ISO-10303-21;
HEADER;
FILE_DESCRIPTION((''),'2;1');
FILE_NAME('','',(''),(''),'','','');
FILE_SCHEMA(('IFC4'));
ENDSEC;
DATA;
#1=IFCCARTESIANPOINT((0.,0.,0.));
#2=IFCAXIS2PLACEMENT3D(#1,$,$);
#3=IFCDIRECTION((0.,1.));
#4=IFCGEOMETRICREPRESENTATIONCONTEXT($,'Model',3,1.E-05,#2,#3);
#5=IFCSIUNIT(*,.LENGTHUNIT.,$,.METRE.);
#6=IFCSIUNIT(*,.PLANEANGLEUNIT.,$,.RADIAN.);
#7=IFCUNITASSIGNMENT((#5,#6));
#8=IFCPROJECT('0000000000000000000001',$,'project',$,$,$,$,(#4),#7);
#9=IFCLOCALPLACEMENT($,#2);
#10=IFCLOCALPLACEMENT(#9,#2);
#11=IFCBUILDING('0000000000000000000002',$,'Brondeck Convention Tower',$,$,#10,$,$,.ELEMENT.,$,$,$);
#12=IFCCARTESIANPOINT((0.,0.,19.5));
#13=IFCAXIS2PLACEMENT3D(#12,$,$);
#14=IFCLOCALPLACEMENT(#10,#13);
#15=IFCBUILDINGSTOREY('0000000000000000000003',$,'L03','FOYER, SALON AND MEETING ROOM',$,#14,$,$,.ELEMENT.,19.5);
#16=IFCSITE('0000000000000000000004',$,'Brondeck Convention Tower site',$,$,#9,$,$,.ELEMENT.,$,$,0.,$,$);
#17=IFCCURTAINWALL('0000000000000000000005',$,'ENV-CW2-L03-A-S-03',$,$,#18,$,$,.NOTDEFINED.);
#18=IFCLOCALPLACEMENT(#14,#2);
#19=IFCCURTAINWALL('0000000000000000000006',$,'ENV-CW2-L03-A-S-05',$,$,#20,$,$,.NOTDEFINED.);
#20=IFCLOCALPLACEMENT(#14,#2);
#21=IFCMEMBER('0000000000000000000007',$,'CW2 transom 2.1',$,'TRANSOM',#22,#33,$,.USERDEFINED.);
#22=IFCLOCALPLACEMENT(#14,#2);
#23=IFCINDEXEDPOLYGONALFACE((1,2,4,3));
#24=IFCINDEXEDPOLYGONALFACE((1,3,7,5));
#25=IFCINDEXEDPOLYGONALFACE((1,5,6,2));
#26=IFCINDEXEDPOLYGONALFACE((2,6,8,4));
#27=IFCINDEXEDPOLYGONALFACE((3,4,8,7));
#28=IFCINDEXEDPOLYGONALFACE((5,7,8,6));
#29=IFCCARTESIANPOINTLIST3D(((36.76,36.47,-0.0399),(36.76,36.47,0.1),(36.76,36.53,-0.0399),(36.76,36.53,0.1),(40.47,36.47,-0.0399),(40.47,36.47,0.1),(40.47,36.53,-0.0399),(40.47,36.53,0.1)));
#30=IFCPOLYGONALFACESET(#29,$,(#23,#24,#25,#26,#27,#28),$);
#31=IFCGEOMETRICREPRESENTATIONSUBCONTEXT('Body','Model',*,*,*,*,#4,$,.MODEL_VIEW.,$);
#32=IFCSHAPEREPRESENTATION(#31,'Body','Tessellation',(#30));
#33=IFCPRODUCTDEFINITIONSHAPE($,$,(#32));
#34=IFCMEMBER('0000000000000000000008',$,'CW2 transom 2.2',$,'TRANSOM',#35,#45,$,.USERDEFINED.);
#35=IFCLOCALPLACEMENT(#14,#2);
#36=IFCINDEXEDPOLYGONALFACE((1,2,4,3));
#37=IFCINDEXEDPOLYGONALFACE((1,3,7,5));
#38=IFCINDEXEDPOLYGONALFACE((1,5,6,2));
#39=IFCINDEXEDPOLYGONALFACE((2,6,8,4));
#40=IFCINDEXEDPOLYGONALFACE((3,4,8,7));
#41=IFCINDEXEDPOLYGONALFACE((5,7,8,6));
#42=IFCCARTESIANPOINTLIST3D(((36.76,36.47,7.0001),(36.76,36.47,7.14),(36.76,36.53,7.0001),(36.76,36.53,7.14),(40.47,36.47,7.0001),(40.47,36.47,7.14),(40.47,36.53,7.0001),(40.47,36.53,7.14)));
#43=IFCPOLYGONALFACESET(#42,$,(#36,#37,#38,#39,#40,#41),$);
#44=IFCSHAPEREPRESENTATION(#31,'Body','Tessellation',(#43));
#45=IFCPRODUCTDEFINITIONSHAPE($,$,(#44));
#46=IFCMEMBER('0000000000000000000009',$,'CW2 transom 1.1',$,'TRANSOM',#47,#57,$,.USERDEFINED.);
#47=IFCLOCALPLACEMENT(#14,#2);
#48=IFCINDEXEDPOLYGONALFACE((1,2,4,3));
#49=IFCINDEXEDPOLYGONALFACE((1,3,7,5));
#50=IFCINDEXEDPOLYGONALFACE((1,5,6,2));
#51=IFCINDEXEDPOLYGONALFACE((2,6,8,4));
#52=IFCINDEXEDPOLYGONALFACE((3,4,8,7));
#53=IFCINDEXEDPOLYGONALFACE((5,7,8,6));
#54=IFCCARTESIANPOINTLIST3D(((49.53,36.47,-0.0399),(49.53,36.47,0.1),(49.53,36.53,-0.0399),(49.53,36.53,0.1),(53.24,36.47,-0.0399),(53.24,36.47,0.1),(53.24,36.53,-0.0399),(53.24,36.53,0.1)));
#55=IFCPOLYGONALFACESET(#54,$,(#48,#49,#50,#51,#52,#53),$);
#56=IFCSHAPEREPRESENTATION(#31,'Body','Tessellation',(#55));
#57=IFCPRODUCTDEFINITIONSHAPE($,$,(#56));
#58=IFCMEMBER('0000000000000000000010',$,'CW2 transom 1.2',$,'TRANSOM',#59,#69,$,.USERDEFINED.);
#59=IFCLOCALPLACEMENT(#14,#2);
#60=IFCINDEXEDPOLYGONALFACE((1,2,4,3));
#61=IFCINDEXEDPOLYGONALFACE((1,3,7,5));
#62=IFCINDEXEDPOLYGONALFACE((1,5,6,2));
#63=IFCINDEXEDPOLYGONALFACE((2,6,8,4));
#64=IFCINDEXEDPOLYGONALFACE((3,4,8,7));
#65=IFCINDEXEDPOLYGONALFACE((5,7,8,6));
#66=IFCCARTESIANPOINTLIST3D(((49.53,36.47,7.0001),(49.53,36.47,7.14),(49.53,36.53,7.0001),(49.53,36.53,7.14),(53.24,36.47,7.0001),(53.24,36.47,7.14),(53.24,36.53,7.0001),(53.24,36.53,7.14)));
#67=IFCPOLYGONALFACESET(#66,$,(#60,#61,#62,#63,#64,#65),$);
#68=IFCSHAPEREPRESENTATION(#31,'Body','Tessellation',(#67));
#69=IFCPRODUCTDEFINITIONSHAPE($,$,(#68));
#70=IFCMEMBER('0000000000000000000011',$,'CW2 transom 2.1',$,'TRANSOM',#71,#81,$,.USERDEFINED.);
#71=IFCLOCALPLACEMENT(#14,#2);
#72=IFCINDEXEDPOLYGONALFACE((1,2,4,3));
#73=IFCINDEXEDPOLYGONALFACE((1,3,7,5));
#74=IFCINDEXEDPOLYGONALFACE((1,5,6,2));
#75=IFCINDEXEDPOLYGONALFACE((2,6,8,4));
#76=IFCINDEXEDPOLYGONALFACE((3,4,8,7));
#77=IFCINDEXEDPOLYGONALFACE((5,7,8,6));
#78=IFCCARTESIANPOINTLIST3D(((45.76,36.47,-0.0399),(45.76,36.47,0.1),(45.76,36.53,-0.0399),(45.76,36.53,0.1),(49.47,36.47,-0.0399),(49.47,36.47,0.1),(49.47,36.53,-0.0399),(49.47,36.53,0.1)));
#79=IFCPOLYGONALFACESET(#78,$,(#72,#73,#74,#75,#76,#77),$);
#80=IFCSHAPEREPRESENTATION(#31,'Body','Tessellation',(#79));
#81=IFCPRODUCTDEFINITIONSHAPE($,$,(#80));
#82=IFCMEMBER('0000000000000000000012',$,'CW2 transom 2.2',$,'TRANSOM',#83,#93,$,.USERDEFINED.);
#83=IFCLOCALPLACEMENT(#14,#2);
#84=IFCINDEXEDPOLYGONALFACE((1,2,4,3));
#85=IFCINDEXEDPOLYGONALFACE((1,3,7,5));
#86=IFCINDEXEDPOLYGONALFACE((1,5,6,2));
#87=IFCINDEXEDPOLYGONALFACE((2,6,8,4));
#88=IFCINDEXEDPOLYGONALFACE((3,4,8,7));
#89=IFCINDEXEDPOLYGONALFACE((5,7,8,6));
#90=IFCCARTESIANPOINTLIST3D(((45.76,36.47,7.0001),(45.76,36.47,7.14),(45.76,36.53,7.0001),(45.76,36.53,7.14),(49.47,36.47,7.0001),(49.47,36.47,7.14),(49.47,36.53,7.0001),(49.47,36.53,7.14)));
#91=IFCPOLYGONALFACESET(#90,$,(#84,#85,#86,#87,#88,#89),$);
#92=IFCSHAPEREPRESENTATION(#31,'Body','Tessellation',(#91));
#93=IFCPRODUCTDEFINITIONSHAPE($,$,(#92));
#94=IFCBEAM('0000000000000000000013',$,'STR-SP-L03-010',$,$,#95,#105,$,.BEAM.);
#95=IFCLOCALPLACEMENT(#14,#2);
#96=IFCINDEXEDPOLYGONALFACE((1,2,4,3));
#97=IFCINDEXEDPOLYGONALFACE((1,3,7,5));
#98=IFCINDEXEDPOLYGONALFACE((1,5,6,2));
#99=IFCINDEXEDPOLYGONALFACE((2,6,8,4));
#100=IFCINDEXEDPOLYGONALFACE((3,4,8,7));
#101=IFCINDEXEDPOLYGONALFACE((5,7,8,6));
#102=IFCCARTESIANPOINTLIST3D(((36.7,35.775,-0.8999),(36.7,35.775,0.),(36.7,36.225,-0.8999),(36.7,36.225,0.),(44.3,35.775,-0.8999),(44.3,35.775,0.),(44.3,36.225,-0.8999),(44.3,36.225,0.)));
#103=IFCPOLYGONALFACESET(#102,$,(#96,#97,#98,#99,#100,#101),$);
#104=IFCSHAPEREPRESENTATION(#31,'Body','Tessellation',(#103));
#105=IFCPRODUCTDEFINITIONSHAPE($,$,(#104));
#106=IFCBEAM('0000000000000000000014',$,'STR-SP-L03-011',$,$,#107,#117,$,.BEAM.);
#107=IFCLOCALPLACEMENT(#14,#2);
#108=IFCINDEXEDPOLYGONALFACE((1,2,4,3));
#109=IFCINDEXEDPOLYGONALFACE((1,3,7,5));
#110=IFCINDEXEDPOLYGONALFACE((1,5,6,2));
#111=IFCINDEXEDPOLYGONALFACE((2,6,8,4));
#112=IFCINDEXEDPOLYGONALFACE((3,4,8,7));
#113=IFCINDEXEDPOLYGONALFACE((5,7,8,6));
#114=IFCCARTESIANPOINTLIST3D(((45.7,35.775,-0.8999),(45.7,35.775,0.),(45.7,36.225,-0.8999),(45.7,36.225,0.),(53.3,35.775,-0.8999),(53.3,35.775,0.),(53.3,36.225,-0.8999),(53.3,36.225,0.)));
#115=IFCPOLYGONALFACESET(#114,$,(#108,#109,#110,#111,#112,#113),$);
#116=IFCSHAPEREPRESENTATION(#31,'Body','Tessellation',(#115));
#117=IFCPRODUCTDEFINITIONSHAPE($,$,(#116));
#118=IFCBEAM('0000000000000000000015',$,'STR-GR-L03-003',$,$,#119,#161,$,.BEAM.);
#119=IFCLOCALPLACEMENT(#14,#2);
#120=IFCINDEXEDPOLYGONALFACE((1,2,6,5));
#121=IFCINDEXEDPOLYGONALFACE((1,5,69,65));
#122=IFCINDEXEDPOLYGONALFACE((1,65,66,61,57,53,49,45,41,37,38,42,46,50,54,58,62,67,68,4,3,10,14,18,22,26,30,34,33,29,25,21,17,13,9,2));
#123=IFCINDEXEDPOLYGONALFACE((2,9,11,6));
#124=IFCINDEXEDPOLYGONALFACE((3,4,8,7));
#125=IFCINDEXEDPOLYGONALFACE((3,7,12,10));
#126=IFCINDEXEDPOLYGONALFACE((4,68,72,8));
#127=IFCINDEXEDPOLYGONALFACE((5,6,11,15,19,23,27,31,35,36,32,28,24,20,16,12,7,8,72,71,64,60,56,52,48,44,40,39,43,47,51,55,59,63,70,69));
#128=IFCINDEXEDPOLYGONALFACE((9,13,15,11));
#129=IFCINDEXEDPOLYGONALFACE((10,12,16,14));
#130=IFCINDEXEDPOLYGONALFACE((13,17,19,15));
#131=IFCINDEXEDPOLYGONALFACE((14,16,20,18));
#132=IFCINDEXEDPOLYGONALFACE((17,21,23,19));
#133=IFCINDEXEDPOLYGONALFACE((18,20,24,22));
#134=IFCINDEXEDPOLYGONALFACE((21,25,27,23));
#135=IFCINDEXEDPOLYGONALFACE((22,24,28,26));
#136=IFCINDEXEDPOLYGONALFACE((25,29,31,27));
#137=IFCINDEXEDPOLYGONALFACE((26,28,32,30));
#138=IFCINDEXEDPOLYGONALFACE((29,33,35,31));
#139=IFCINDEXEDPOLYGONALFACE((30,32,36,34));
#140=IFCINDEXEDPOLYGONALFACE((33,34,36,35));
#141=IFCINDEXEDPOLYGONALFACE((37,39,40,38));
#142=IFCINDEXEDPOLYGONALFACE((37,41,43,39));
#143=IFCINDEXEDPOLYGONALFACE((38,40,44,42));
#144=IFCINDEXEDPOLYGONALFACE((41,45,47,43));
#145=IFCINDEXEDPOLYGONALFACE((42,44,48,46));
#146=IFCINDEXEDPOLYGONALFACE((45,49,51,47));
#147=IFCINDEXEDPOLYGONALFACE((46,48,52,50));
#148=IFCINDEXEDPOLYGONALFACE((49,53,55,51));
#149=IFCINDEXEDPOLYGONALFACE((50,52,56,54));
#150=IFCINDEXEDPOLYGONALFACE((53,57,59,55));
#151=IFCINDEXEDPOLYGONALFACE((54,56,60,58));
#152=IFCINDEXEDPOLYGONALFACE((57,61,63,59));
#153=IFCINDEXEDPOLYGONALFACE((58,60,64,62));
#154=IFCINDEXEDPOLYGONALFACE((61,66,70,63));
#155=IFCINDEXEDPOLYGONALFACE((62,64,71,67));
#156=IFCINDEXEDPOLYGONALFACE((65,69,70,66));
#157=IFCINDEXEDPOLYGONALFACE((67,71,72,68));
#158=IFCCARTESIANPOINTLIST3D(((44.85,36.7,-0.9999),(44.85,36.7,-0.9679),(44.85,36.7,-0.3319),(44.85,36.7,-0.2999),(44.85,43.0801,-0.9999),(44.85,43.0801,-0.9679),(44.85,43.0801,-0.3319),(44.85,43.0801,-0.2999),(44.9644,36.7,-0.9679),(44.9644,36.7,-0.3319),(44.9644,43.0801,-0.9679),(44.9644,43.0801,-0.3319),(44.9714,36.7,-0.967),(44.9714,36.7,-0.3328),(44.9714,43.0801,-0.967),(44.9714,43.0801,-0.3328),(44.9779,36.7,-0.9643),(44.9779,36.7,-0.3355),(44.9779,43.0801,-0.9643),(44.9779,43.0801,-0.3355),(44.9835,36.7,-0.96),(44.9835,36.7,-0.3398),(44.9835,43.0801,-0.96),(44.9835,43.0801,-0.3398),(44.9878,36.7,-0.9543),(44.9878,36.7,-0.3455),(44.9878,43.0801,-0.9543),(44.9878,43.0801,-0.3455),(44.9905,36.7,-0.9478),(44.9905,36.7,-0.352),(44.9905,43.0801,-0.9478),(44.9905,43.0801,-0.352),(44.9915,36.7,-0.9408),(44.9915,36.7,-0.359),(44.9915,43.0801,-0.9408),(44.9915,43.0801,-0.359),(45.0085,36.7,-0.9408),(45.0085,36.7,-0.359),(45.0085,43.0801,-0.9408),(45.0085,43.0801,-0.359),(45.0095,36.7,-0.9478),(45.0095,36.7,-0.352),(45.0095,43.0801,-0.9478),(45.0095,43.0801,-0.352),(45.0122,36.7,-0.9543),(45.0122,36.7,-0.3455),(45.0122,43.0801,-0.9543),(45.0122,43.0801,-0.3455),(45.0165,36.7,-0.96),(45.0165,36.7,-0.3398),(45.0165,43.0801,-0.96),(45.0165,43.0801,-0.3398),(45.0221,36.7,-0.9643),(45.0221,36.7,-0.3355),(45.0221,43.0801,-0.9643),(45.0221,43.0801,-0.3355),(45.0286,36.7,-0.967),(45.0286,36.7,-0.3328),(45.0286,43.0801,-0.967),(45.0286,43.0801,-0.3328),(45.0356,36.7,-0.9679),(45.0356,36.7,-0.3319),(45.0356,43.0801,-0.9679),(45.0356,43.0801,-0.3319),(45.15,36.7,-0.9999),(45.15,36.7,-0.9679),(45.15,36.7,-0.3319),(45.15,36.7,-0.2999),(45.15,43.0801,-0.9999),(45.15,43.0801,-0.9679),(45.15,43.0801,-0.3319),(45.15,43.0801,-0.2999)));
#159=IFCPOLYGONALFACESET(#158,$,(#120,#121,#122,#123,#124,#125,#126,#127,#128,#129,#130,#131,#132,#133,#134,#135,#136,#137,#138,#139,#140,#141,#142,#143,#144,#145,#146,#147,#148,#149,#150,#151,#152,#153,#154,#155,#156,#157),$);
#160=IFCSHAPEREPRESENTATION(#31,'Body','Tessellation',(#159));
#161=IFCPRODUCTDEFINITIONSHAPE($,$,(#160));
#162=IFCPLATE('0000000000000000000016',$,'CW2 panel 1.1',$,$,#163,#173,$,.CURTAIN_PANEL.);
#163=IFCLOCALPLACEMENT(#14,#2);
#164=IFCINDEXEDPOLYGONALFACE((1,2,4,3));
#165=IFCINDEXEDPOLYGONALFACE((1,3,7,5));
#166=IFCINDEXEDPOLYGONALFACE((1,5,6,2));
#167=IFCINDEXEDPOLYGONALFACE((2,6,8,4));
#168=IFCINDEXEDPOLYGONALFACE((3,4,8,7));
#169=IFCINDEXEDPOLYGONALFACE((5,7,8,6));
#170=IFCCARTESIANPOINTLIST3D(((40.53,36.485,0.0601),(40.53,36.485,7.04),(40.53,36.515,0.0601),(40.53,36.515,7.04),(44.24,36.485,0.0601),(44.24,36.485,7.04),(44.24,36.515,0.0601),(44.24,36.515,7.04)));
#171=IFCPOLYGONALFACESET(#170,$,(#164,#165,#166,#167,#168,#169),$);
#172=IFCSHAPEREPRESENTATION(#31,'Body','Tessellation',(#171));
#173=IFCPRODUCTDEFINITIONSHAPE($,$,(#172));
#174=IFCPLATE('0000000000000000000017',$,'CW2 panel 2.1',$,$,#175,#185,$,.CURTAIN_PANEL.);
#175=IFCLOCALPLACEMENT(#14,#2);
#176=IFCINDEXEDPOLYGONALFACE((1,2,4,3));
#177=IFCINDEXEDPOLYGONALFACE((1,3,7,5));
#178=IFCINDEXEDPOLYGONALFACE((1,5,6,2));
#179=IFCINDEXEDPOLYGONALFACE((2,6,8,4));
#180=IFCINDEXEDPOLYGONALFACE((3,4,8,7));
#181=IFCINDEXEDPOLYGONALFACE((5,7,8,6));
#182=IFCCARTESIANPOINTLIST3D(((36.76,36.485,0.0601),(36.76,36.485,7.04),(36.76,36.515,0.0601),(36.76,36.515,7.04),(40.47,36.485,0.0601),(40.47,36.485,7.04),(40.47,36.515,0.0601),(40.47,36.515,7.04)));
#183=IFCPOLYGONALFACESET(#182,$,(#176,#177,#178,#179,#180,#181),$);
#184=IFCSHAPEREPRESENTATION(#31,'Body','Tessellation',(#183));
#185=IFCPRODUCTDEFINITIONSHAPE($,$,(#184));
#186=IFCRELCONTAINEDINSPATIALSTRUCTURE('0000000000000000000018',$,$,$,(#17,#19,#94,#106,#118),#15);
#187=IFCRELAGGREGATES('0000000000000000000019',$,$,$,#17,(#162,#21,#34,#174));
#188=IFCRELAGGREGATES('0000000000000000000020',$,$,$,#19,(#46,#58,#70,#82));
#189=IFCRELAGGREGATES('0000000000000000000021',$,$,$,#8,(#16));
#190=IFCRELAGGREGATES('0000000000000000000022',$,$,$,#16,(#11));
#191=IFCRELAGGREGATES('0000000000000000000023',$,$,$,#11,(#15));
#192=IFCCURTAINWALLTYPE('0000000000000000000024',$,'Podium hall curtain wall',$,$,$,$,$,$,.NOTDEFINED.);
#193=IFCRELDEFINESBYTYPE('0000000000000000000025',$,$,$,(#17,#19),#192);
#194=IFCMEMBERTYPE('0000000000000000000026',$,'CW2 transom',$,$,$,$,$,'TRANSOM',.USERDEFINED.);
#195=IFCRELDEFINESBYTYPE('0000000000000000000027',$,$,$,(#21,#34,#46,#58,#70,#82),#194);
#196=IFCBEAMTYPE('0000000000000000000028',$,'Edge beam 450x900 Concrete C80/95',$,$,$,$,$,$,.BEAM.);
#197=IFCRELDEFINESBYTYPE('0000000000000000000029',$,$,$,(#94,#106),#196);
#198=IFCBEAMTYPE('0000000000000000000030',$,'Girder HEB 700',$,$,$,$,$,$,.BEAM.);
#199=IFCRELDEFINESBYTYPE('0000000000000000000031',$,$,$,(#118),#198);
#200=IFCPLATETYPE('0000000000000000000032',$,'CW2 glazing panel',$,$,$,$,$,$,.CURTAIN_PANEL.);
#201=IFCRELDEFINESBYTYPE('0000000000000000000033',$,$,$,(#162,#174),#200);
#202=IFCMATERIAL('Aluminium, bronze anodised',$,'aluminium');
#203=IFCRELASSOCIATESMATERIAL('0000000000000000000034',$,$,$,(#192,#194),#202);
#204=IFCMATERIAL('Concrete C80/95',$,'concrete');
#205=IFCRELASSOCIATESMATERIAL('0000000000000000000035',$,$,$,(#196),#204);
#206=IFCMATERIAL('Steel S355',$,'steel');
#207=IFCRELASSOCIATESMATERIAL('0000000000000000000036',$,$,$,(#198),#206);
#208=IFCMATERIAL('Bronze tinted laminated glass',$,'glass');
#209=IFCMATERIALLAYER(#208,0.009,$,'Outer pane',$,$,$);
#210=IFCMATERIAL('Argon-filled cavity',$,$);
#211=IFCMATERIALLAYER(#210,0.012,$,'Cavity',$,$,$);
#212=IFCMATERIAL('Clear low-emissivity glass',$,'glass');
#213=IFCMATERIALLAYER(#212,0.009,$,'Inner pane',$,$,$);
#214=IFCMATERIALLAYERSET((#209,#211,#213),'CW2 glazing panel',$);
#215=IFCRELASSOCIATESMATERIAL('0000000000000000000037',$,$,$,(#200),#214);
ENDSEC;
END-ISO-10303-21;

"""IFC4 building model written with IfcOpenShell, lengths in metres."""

from ifc_helpers import new_model, si_unit, direction, frame, origin, origin_2d, place, context, subcontext, project, spatial, rectangle, i_section, extrude, material, layer, layer_set, material_profile, profile_set, type_object, element, aggregate, save


model = new_model("IFC4")

# Units and contexts
model_context = context("Model", 3, precision=1e-05, world=origin(), true_north=direction((0.0, 1.0)))
body_context = subcontext(model_context, "Body", "Model", "MODEL_VIEW")
ifc_project = project(units=[si_unit("LENGTHUNIT", "METRE"), si_unit("PLANEANGLEUNIT", "RADIAN")], contexts=[model_context])

# Site, building, storey
site_placement = place(None, origin())
site = spatial("IfcSite", under=ifc_project, at=site_placement, Name="Brondeck Convention Tower site", CompositionType="ELEMENT", RefElevation=0.0)
building_placement = place(site_placement, origin())
building = spatial("IfcBuilding", under=site, at=building_placement, Name="Brondeck Convention Tower", CompositionType="ELEMENT")
storey_placement = place(building_placement, frame((0.0, 0.0, 19.5)))
storey = spatial("IfcBuildingStorey", under=building, at=storey_placement, Name="L03", Description="FOYER, SALON AND MEETING ROOM", CompositionType="ELEMENT", Elevation=19.5)

# Shared definitions
ifc_material_1 = material(Name="Concrete C80/95", Category="concrete")

# Curtain walls
ifc_material_2 = material(Name="Aluminium, bronze anodised", Category="aluminium")
curtain_wall_type = type_object("IfcCurtainWallType", Name="Podium hall curtain wall", PredefinedType="NOTDEFINED", material=ifc_material_2)
curtain_wall_1_placement = place(storey_placement, origin())
curtain_wall_1 = element("IfcCurtainWall", 1, at=curtain_wall_1_placement, inside=storey, type_object=curtain_wall_type, Name="ENV-CW2-L03-A-S-03", PredefinedType="NOTDEFINED")
curtain_wall_2_placement = place(storey_placement, origin())
curtain_wall_2 = element("IfcCurtainWall", 2, at=curtain_wall_2_placement, inside=storey, type_object=curtain_wall_type, Name="ENV-CW2-L03-A-S-05", PredefinedType="NOTDEFINED")

# Members
ifc_material_profile_1 = material_profile(ifc_material_2, rectangle(XDim=0.0601, YDim=0.1399, at=origin_2d()), Name="CW2 transom")
ifc_profile_set_1 = profile_set([ifc_material_profile_1], Name="Aluminium, bronze anodised")
member_type_1 = type_object("IfcMemberType", Name="CW2 transom", ElementType="TRANSOM", PredefinedType="USERDEFINED", material=ifc_profile_set_1)
member_1_placement = place(storey_placement, frame((40.47, 36.5, 0.03), z_axis=(-1.0, 0.0, 0.0), x_axis=(0.0, -1.0, 0.0)))
member_1 = element("IfcMember", 3, at=member_1_placement, type_object=member_type_1, Name="CW2 transom 2.1", ObjectType="TRANSOM", PredefinedType="USERDEFINED", context=body_context, shape_type="SweptSolid", body=[
    extrude(rectangle(XDim=0.0601, YDim=0.1399, at=origin_2d()), origin(), (0.0, 0.0, 1.0), 3.71),
])
member_2_placement = place(storey_placement, frame((40.47, 36.5, 7.0701), z_axis=(-1.0, 0.0, 0.0), x_axis=(0.0, -1.0, 0.0)))
member_2 = element("IfcMember", 4, at=member_2_placement, type_object=member_type_1, Name="CW2 transom 2.2", ObjectType="TRANSOM", PredefinedType="USERDEFINED", context=body_context, shape_type="SweptSolid", body=[
    extrude(rectangle(XDim=0.0601, YDim=0.1399, at=origin_2d()), origin(), (0.0, 0.0, 1.0), 3.71),
])
member_3_placement = place(storey_placement, frame((53.24, 36.5, 0.03), z_axis=(-1.0, 0.0, 0.0), x_axis=(0.0, -1.0, 0.0)))
member_3 = element("IfcMember", 5, at=member_3_placement, type_object=member_type_1, Name="CW2 transom 1.1", ObjectType="TRANSOM", PredefinedType="USERDEFINED", context=body_context, shape_type="SweptSolid", body=[
    extrude(rectangle(XDim=0.0601, YDim=0.1399, at=origin_2d()), origin(), (0.0, 0.0, 1.0), 3.71),
])
member_4_placement = place(storey_placement, frame((53.24, 36.5, 7.0701), z_axis=(-1.0, 0.0, 0.0), x_axis=(0.0, -1.0, 0.0)))
member_4 = element("IfcMember", 6, at=member_4_placement, type_object=member_type_1, Name="CW2 transom 1.2", ObjectType="TRANSOM", PredefinedType="USERDEFINED", context=body_context, shape_type="SweptSolid", body=[
    extrude(rectangle(XDim=0.0601, YDim=0.1399, at=origin_2d()), origin(), (0.0, 0.0, 1.0), 3.71),
])
member_5_placement = place(storey_placement, frame((49.47, 36.5, 0.03), z_axis=(-1.0, 0.0, 0.0), x_axis=(0.0, -1.0, 0.0)))
member_5 = element("IfcMember", 7, at=member_5_placement, type_object=member_type_1, Name="CW2 transom 2.1", ObjectType="TRANSOM", PredefinedType="USERDEFINED", context=body_context, shape_type="SweptSolid", body=[
    extrude(rectangle(XDim=0.0601, YDim=0.1399, at=origin_2d()), origin(), (0.0, 0.0, 1.0), 3.71),
])
member_6_placement = place(storey_placement, frame((49.47, 36.5, 7.0701), z_axis=(-1.0, 0.0, 0.0), x_axis=(0.0, -1.0, 0.0)))
member_6 = element("IfcMember", 8, at=member_6_placement, type_object=member_type_1, Name="CW2 transom 2.2", ObjectType="TRANSOM", PredefinedType="USERDEFINED", context=body_context, shape_type="SweptSolid", body=[
    extrude(rectangle(XDim=0.0601, YDim=0.1399, at=origin_2d()), origin(), (0.0, 0.0, 1.0), 3.71),
])

# Beams
ifc_material_profile_2 = material_profile(ifc_material_1, rectangle(XDim=0.45, YDim=0.8999, at=origin_2d()), Name="Edge beam 450x900 Concrete C80/95")
ifc_profile_set_2 = profile_set([ifc_material_profile_2], Name="Concrete C80/95")
beam_type_1 = type_object("IfcBeamType", Name="Edge beam 450x900 Concrete C80/95", PredefinedType="BEAM", material=ifc_profile_set_2)
for number, where, z_axis, x_axis, name in (
    (9, (36.7, 36.0, -0.45), (1.0, 0.0, 0.0), (0.0, 1.0, 0.0), "STR-SP-L03-010"),
    (10, (45.7, 36.0, -0.45), (1.0, 0.0, 0.0), (0.0, 1.0, 0.0), "STR-SP-L03-011"),
):
    element("IfcBeam", number, at=place(storey_placement, frame(where, z_axis=z_axis, x_axis=x_axis)), inside=storey, type_object=beam_type_1, Name=name, PredefinedType="BEAM", context=body_context, shape_type="SweptSolid", body=[
        extrude(rectangle(XDim=0.45, YDim=0.8999, at=origin_2d()), origin(), (0.0, 0.0, 1.0), 7.6001),
    ])
ifc_material_3 = material(Name="Steel S355", Category="steel")
ifc_material_profile_3 = material_profile(ifc_material_3, i_section(OverallWidth=0.3, OverallDepth=0.7, WebThickness=0.0171, FlangeThickness=0.032, FilletRadius=0.0271, at=origin_2d()), Name="HEB 700")
ifc_profile_set_3 = profile_set([ifc_material_profile_3], Name="Steel S355")
beam_type_2 = type_object("IfcBeamType", Name="Girder HEB 700", PredefinedType="BEAM", material=ifc_profile_set_3)
beam_placement = place(storey_placement, frame((45.0, 36.7, -0.6499), z_axis=(0.0, 1.0, 0.0), x_axis=(-1.0, 0.0, 0.0)))
element("IfcBeam", 11, at=beam_placement, inside=storey, type_object=beam_type_2, Name="STR-GR-L03-003", PredefinedType="BEAM", context=body_context, shape_type="SweptSolid", body=[
    extrude(i_section(OverallWidth=0.3, OverallDepth=0.7, WebThickness=0.0171, FlangeThickness=0.032, FilletRadius=0.0271, at=origin_2d()), origin(), (0.0, 0.0, 1.0), 6.3801),
])

# Plates
ifc_material_4 = material(Name="Bronze tinted laminated glass", Category="glass")
ifc_layer_1 = layer(ifc_material_4, 0.009, Name="Outer pane")
ifc_material_5 = material(Name="Argon-filled cavity")
ifc_layer_2 = layer(ifc_material_5, 0.012, Name="Cavity")
ifc_material_6 = material(Name="Clear low-emissivity glass", Category="glass")
ifc_layer_3 = layer(ifc_material_6, 0.009, Name="Inner pane")
ifc_layer_set_1 = layer_set([ifc_layer_1, ifc_layer_2, ifc_layer_3], Name="CW2 glazing panel")
plate_type = type_object("IfcPlateType", Name="CW2 glazing panel", PredefinedType="CURTAIN_PANEL", material=ifc_layer_set_1)
plate_1_placement = place(storey_placement, frame((42.385, 36.5, 0.0601), z_axis=(0.0, 0.0, 1.0), x_axis=(-1.0, 0.0, 0.0)))
plate_1 = element("IfcPlate", 12, at=plate_1_placement, type_object=plate_type, Name="CW2 panel 1.1", PredefinedType="CURTAIN_PANEL", context=body_context, shape_type="SweptSolid", body=[
    extrude(rectangle(XDim=3.71, YDim=0.03, at=origin_2d()), origin(), (0.0, 0.0, 1.0), 6.98),
])
plate_2_placement = place(storey_placement, frame((38.615, 36.5, 0.0601), z_axis=(0.0, 0.0, 1.0), x_axis=(-1.0, 0.0, 0.0)))
plate_2 = element("IfcPlate", 13, at=plate_2_placement, type_object=plate_type, Name="CW2 panel 2.1", PredefinedType="CURTAIN_PANEL", context=body_context, shape_type="SweptSolid", body=[
    extrude(rectangle(XDim=3.71, YDim=0.03, at=origin_2d()), origin(), (0.0, 0.0, 1.0), 6.98),
])
aggregate(curtain_wall_1, [plate_1, member_1, member_2, plate_2])
aggregate(curtain_wall_2, [member_3, member_4, member_5, member_6])

save(model, "model.ifc")
